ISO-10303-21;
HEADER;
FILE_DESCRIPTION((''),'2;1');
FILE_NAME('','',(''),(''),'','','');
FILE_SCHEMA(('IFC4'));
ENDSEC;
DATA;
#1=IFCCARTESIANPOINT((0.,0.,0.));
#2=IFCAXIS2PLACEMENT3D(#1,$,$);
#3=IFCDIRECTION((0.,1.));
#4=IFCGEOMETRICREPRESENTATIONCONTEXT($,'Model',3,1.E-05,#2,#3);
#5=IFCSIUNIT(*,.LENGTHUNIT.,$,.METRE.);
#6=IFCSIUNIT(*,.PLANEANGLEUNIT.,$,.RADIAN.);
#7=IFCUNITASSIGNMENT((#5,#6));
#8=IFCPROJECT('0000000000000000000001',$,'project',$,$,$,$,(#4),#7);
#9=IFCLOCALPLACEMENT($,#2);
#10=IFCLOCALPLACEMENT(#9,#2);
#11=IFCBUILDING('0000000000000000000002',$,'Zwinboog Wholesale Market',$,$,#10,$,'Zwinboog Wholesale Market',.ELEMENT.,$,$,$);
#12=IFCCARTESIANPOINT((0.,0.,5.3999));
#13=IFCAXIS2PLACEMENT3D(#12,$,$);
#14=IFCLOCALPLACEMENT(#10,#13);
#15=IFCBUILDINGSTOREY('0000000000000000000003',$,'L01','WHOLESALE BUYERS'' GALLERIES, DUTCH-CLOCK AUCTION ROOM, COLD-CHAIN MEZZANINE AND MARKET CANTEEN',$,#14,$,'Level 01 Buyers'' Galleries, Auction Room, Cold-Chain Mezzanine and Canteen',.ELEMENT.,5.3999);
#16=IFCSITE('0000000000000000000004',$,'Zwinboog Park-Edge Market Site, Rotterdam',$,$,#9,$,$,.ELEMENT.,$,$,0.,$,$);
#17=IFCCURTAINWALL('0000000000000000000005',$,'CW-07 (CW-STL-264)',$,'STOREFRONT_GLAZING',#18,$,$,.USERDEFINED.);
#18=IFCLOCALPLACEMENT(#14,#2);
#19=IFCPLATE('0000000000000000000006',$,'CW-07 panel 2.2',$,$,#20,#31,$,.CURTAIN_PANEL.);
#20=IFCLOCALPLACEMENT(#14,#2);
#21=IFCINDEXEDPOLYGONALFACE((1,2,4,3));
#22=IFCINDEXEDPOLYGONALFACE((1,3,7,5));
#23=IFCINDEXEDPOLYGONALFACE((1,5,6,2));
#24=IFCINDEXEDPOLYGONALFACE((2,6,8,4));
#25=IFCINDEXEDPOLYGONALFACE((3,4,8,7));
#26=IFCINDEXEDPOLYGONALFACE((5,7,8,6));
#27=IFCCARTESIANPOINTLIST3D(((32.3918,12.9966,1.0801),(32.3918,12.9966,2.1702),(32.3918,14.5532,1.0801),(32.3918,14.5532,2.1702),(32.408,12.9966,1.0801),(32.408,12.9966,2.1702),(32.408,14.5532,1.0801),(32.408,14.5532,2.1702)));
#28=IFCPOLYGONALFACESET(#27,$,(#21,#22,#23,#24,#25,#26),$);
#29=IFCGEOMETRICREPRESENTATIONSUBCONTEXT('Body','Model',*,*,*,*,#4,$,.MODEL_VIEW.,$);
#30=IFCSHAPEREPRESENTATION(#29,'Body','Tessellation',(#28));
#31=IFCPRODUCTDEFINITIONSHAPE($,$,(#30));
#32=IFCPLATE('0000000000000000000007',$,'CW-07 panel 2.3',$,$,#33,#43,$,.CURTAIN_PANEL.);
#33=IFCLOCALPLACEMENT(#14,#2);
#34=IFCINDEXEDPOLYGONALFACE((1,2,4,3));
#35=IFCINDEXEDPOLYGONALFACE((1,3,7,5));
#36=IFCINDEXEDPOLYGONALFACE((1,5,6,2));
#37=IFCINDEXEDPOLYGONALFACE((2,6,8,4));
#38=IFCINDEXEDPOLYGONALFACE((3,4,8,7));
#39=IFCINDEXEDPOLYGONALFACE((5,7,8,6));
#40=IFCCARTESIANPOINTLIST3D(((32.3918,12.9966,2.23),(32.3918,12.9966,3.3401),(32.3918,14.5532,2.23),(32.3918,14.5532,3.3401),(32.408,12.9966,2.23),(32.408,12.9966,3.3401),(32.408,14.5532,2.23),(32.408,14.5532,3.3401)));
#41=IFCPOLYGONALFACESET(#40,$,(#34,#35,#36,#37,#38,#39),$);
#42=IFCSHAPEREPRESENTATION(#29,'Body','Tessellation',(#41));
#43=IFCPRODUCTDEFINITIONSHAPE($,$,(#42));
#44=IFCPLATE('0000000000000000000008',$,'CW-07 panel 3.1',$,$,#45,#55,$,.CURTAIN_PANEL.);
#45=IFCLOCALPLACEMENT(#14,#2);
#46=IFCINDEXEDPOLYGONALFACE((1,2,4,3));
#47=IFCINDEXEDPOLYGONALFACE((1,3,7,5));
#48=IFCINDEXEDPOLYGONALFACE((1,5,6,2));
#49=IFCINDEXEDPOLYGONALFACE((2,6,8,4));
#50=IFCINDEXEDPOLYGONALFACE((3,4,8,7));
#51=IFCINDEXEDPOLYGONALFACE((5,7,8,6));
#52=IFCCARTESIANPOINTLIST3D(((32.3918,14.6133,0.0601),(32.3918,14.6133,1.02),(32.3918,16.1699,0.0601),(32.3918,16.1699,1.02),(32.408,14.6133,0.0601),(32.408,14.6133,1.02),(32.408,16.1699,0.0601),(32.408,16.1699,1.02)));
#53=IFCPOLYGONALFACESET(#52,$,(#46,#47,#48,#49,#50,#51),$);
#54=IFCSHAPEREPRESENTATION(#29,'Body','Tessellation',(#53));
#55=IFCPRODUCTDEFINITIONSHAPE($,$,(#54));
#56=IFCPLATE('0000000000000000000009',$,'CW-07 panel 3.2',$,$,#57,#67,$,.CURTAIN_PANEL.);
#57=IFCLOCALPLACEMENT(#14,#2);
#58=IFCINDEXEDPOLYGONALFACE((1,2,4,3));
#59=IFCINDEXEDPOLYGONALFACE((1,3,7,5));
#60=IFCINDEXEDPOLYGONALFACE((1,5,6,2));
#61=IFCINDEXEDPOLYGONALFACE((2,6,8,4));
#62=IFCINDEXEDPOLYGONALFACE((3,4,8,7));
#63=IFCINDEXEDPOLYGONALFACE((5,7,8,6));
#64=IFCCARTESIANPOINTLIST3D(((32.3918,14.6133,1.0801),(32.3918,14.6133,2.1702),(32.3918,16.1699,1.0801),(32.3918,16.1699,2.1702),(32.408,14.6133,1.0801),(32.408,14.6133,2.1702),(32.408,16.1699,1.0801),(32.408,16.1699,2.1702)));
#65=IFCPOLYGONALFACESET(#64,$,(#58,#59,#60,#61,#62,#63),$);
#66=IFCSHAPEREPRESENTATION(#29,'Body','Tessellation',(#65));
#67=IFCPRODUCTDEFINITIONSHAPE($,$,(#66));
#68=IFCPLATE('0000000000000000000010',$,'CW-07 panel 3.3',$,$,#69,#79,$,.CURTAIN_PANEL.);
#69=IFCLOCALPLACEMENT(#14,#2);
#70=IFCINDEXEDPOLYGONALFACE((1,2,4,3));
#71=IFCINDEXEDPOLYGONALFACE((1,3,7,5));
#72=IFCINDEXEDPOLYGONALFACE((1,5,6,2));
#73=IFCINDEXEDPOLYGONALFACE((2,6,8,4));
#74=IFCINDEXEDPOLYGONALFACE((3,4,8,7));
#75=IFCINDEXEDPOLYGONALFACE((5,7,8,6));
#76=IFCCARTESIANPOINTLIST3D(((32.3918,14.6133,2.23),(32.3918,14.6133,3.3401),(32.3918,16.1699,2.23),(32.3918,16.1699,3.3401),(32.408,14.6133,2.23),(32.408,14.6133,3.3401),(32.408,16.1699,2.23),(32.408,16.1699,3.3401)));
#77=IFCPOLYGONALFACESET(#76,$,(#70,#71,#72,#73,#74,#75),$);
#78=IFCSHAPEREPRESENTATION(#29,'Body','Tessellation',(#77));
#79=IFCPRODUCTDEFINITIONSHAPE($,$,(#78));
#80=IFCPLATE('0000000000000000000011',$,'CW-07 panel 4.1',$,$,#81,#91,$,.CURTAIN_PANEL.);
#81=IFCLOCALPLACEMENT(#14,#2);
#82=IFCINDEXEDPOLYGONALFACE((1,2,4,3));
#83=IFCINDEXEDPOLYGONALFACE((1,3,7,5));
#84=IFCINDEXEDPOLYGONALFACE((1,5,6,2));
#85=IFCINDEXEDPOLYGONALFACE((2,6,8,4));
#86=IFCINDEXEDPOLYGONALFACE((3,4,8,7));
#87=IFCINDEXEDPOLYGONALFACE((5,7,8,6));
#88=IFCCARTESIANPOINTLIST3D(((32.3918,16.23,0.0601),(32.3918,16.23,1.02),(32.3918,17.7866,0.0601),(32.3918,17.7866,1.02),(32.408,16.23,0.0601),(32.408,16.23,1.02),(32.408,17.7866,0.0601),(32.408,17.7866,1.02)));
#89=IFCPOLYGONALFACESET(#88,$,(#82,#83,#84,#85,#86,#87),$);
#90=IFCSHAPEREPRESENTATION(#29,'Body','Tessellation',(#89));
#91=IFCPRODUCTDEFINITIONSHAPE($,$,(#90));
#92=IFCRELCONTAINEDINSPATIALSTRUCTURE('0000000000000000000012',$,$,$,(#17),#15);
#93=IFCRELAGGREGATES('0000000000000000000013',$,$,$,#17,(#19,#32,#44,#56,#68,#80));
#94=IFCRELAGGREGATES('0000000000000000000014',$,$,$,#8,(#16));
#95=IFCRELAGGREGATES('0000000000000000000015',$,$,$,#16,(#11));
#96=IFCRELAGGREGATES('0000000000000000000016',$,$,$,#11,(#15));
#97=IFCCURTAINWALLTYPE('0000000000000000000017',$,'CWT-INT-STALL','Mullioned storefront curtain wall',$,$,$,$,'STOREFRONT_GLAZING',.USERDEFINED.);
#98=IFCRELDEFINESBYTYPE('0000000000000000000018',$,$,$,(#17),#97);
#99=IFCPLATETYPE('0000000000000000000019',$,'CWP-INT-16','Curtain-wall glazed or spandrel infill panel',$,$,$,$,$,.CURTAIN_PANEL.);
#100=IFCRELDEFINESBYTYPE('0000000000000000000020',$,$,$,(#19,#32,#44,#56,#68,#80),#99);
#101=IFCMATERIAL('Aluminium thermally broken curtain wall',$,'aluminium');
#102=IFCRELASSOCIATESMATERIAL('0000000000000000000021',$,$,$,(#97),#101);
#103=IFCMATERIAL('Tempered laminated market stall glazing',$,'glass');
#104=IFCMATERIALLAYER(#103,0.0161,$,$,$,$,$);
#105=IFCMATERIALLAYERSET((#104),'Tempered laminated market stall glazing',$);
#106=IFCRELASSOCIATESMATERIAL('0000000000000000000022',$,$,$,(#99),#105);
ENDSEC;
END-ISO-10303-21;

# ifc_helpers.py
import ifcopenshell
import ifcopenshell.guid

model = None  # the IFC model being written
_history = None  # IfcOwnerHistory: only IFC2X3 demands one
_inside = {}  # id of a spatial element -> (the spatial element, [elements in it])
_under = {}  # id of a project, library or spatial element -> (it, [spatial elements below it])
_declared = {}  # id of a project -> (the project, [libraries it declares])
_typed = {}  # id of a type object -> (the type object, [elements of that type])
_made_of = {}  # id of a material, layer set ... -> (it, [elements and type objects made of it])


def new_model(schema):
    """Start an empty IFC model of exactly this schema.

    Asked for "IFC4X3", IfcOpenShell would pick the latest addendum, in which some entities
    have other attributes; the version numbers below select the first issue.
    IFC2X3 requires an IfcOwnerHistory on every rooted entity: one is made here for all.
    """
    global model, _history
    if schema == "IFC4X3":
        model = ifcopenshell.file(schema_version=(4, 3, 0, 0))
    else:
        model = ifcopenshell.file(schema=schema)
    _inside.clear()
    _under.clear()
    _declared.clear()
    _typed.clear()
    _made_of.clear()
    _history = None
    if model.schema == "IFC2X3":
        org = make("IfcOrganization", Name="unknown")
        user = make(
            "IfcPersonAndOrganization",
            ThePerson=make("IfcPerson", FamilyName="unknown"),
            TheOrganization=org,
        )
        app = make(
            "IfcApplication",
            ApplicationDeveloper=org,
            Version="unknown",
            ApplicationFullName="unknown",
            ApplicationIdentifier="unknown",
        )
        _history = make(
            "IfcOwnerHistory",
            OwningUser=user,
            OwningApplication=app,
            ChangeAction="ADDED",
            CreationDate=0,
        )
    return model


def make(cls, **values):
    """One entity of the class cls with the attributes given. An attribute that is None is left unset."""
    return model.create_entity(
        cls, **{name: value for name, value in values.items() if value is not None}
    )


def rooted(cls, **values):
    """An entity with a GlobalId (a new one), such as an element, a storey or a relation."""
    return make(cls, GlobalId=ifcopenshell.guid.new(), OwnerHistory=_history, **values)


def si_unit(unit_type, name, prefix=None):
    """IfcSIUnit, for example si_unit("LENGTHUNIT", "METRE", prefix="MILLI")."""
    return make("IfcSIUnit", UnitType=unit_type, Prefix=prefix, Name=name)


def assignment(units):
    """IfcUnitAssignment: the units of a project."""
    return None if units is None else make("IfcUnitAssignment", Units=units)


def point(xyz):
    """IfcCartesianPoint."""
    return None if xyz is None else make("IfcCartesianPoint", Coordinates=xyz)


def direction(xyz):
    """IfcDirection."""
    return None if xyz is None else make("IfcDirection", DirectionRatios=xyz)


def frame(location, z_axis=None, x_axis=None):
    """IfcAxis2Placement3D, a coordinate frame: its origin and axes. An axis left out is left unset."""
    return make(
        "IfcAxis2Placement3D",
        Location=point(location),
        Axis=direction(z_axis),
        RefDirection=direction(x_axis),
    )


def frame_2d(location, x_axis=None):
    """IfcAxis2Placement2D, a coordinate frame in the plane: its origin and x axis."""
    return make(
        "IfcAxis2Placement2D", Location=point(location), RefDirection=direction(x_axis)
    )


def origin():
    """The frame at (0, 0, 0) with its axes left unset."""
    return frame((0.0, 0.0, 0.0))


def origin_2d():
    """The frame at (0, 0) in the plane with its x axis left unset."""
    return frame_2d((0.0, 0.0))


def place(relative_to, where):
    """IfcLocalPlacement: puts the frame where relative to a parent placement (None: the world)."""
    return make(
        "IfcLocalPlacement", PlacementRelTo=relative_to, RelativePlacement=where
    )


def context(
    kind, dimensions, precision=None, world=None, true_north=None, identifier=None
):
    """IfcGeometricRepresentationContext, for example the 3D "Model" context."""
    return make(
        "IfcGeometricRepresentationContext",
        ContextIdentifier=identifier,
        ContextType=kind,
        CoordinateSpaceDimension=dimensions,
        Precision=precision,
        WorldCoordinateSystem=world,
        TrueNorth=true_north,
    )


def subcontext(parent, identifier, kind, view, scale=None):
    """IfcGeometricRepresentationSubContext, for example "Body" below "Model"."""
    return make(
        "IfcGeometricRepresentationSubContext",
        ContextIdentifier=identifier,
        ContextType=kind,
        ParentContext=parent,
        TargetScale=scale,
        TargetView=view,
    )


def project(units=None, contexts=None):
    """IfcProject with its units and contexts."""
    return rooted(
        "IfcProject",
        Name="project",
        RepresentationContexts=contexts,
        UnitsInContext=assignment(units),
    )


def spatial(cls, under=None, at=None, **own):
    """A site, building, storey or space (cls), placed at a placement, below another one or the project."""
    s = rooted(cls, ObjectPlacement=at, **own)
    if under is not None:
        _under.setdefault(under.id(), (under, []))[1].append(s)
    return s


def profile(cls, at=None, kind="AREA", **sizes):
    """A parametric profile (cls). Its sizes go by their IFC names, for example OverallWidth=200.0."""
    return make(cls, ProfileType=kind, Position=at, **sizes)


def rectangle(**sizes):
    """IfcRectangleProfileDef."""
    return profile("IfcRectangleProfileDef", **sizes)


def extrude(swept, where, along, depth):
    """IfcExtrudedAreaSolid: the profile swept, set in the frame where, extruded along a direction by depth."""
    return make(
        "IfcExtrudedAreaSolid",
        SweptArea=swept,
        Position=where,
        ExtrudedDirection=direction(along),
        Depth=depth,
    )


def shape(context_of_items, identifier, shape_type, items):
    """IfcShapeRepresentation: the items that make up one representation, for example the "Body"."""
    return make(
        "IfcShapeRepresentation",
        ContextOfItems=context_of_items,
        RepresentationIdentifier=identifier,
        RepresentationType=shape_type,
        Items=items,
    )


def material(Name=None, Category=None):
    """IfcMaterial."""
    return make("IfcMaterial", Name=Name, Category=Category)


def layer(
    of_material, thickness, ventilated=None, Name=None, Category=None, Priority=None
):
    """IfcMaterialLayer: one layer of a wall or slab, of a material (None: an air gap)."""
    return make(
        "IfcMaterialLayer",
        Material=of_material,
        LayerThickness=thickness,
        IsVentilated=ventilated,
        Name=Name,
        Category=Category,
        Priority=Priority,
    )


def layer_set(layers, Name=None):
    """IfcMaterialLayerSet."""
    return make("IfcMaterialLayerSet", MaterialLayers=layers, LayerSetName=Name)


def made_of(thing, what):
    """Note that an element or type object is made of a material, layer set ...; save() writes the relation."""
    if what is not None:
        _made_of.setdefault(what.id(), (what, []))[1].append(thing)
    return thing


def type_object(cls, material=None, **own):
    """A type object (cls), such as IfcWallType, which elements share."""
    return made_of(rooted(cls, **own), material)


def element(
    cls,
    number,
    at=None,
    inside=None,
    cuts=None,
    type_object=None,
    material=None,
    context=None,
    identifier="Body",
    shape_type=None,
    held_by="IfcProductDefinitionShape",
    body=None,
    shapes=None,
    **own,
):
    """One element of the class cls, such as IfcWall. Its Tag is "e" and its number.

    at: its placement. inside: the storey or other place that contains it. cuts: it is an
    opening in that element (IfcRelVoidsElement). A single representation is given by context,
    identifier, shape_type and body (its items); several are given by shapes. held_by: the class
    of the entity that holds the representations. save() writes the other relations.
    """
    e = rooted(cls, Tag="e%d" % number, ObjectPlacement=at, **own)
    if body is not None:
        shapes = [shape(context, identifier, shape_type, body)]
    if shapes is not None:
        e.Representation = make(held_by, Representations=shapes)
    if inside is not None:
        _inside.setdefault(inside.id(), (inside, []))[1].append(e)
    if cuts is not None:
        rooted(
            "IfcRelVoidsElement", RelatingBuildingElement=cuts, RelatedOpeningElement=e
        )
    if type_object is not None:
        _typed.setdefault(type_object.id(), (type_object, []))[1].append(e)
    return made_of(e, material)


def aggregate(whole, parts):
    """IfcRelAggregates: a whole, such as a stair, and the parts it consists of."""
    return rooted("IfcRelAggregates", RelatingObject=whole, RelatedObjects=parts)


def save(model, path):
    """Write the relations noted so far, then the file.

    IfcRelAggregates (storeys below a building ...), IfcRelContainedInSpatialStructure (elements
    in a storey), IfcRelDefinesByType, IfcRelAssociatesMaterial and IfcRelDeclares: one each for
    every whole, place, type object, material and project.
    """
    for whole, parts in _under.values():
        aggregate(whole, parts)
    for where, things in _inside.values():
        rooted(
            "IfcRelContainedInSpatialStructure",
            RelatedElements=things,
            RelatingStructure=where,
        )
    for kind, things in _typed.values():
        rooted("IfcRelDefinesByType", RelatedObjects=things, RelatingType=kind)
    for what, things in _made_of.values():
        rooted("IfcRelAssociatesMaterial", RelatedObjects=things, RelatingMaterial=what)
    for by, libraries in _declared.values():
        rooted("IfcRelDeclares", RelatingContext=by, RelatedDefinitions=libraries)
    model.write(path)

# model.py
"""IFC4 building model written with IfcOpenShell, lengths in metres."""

from ifc_helpers import new_model, si_unit, direction, frame, origin, origin_2d, place, context, subcontext, project, spatial, rectangle, extrude, material, layer, layer_set, type_object, element, aggregate, save


model = new_model("IFC4")

# Units and contexts
model_context = context("Model", 3, precision=1e-05, world=origin(), true_north=direction((0.0, 1.0)))
body_context = subcontext(model_context, "Body", "Model", "MODEL_VIEW")
ifc_project = project(units=[si_unit("LENGTHUNIT", "METRE"), si_unit("PLANEANGLEUNIT", "RADIAN")], contexts=[model_context])

# Site, building, storey
site_placement = place(None, origin())
site = spatial("IfcSite", under=ifc_project, at=site_placement, Name="Zwinboog Park-Edge Market Site, Rotterdam", CompositionType="ELEMENT", RefElevation=0.0)
building_placement = place(site_placement, origin())
building = spatial("IfcBuilding", under=site, at=building_placement, Name="Zwinboog Wholesale Market", LongName="Zwinboog Wholesale Market", CompositionType="ELEMENT")
storey_placement = place(building_placement, frame((0.0, 0.0, 5.3999)))
storey = spatial("IfcBuildingStorey", under=building, at=storey_placement, Name="L01", Description="WHOLESALE BUYERS' GALLERIES, DUTCH-CLOCK AUCTION ROOM, COLD-CHAIN MEZZANINE AND MARKET CANTEEN", LongName="Level 01 Buyers' Galleries, Auction Room, Cold-Chain Mezzanine and Canteen", CompositionType="ELEMENT", Elevation=5.3999)

# Curtain wall, plates
ifc_material_1 = material(Name="Aluminium thermally broken curtain wall", Category="aluminium")
curtain_wall_type = type_object("IfcCurtainWallType", Name="CWT-INT-STALL", Description="Mullioned storefront curtain wall", ElementType="STOREFRONT_GLAZING", PredefinedType="USERDEFINED", material=ifc_material_1)
curtain_wall_placement = place(storey_placement, origin())
curtain_wall = element("IfcCurtainWall", 1, at=curtain_wall_placement, inside=storey, type_object=curtain_wall_type, Name="CW-07 (CW-STL-264)", ObjectType="STOREFRONT_GLAZING", PredefinedType="USERDEFINED")
ifc_material_2 = material(Name="Tempered laminated market stall glazing", Category="glass")
ifc_layer = layer(ifc_material_2, 0.0161)
ifc_layer_set = layer_set([ifc_layer], Name="Tempered laminated market stall glazing")
plate_type = type_object("IfcPlateType", Name="CWP-INT-16", Description="Curtain-wall glazed or spandrel infill panel", PredefinedType="CURTAIN_PANEL", material=ifc_layer_set)
plate_1_placement = place(storey_placement, frame((32.3999, 13.7749, 1.0801), z_axis=(0.0, 0.0, 1.0), x_axis=(0.0, 1.0, 0.0)))
plate_1 = element("IfcPlate", 2, at=plate_1_placement, type_object=plate_type, Name="CW-07 panel 2.2", PredefinedType="CURTAIN_PANEL", context=body_context, shape_type="SweptSolid", body=[
    extrude(rectangle(XDim=1.5566, YDim=0.0161, at=origin_2d()), origin(), (0.0, 0.0, 1.0), 1.0901),
])
plate_2_placement = place(storey_placement, frame((32.3999, 13.7749, 2.23), z_axis=(0.0, 0.0, 1.0), x_axis=(0.0, 1.0, 0.0)))
plate_2 = element("IfcPlate", 3, at=plate_2_placement, type_object=plate_type, Name="CW-07 panel 2.3", PredefinedType="CURTAIN_PANEL", context=body_context, shape_type="SweptSolid", body=[
    extrude(rectangle(XDim=1.5566, YDim=0.0161, at=origin_2d()), origin(), (0.0, 0.0, 1.0), 1.1101),
])
plate_3_placement = place(storey_placement, frame((32.3999, 15.3916, 0.0601), z_axis=(0.0, 0.0, 1.0), x_axis=(0.0, 1.0, 0.0)))
plate_3 = element("IfcPlate", 4, at=plate_3_placement, type_object=plate_type, Name="CW-07 panel 3.1", PredefinedType="CURTAIN_PANEL", context=body_context, shape_type="SweptSolid", body=[
    extrude(rectangle(XDim=1.5566, YDim=0.0161, at=origin_2d()), origin(), (0.0, 0.0, 1.0), 0.96),
])
plate_4_placement = place(storey_placement, frame((32.3999, 15.3916, 1.0801), z_axis=(0.0, 0.0, 1.0), x_axis=(0.0, 1.0, 0.0)))
plate_4 = element("IfcPlate", 5, at=plate_4_placement, type_object=plate_type, Name="CW-07 panel 3.2", PredefinedType="CURTAIN_PANEL", context=body_context, shape_type="SweptSolid", body=[
    extrude(rectangle(XDim=1.5566, YDim=0.0161, at=origin_2d()), origin(), (0.0, 0.0, 1.0), 1.0901),
])
plate_5_placement = place(storey_placement, frame((32.3999, 15.3916, 2.23), z_axis=(0.0, 0.0, 1.0), x_axis=(0.0, 1.0, 0.0)))
plate_5 = element("IfcPlate", 6, at=plate_5_placement, type_object=plate_type, Name="CW-07 panel 3.3", PredefinedType="CURTAIN_PANEL", context=body_context, shape_type="SweptSolid", body=[
    extrude(rectangle(XDim=1.5566, YDim=0.0161, at=origin_2d()), origin(), (0.0, 0.0, 1.0), 1.1101),
])
plate_6_placement = place(storey_placement, frame((32.3999, 17.0083, 0.0601), z_axis=(0.0, 0.0, 1.0), x_axis=(0.0, 1.0, 0.0)))
plate_6 = element("IfcPlate", 7, at=plate_6_placement, type_object=plate_type, Name="CW-07 panel 4.1", PredefinedType="CURTAIN_PANEL", context=body_context, shape_type="SweptSolid", body=[
    extrude(rectangle(XDim=1.5566, YDim=0.0161, at=origin_2d()), origin(), (0.0, 0.0, 1.0), 0.96),
])
aggregate(curtain_wall, [plate_1, plate_2, plate_3, plate_4, plate_5, plate_6])

save(model, "model.ifc")
